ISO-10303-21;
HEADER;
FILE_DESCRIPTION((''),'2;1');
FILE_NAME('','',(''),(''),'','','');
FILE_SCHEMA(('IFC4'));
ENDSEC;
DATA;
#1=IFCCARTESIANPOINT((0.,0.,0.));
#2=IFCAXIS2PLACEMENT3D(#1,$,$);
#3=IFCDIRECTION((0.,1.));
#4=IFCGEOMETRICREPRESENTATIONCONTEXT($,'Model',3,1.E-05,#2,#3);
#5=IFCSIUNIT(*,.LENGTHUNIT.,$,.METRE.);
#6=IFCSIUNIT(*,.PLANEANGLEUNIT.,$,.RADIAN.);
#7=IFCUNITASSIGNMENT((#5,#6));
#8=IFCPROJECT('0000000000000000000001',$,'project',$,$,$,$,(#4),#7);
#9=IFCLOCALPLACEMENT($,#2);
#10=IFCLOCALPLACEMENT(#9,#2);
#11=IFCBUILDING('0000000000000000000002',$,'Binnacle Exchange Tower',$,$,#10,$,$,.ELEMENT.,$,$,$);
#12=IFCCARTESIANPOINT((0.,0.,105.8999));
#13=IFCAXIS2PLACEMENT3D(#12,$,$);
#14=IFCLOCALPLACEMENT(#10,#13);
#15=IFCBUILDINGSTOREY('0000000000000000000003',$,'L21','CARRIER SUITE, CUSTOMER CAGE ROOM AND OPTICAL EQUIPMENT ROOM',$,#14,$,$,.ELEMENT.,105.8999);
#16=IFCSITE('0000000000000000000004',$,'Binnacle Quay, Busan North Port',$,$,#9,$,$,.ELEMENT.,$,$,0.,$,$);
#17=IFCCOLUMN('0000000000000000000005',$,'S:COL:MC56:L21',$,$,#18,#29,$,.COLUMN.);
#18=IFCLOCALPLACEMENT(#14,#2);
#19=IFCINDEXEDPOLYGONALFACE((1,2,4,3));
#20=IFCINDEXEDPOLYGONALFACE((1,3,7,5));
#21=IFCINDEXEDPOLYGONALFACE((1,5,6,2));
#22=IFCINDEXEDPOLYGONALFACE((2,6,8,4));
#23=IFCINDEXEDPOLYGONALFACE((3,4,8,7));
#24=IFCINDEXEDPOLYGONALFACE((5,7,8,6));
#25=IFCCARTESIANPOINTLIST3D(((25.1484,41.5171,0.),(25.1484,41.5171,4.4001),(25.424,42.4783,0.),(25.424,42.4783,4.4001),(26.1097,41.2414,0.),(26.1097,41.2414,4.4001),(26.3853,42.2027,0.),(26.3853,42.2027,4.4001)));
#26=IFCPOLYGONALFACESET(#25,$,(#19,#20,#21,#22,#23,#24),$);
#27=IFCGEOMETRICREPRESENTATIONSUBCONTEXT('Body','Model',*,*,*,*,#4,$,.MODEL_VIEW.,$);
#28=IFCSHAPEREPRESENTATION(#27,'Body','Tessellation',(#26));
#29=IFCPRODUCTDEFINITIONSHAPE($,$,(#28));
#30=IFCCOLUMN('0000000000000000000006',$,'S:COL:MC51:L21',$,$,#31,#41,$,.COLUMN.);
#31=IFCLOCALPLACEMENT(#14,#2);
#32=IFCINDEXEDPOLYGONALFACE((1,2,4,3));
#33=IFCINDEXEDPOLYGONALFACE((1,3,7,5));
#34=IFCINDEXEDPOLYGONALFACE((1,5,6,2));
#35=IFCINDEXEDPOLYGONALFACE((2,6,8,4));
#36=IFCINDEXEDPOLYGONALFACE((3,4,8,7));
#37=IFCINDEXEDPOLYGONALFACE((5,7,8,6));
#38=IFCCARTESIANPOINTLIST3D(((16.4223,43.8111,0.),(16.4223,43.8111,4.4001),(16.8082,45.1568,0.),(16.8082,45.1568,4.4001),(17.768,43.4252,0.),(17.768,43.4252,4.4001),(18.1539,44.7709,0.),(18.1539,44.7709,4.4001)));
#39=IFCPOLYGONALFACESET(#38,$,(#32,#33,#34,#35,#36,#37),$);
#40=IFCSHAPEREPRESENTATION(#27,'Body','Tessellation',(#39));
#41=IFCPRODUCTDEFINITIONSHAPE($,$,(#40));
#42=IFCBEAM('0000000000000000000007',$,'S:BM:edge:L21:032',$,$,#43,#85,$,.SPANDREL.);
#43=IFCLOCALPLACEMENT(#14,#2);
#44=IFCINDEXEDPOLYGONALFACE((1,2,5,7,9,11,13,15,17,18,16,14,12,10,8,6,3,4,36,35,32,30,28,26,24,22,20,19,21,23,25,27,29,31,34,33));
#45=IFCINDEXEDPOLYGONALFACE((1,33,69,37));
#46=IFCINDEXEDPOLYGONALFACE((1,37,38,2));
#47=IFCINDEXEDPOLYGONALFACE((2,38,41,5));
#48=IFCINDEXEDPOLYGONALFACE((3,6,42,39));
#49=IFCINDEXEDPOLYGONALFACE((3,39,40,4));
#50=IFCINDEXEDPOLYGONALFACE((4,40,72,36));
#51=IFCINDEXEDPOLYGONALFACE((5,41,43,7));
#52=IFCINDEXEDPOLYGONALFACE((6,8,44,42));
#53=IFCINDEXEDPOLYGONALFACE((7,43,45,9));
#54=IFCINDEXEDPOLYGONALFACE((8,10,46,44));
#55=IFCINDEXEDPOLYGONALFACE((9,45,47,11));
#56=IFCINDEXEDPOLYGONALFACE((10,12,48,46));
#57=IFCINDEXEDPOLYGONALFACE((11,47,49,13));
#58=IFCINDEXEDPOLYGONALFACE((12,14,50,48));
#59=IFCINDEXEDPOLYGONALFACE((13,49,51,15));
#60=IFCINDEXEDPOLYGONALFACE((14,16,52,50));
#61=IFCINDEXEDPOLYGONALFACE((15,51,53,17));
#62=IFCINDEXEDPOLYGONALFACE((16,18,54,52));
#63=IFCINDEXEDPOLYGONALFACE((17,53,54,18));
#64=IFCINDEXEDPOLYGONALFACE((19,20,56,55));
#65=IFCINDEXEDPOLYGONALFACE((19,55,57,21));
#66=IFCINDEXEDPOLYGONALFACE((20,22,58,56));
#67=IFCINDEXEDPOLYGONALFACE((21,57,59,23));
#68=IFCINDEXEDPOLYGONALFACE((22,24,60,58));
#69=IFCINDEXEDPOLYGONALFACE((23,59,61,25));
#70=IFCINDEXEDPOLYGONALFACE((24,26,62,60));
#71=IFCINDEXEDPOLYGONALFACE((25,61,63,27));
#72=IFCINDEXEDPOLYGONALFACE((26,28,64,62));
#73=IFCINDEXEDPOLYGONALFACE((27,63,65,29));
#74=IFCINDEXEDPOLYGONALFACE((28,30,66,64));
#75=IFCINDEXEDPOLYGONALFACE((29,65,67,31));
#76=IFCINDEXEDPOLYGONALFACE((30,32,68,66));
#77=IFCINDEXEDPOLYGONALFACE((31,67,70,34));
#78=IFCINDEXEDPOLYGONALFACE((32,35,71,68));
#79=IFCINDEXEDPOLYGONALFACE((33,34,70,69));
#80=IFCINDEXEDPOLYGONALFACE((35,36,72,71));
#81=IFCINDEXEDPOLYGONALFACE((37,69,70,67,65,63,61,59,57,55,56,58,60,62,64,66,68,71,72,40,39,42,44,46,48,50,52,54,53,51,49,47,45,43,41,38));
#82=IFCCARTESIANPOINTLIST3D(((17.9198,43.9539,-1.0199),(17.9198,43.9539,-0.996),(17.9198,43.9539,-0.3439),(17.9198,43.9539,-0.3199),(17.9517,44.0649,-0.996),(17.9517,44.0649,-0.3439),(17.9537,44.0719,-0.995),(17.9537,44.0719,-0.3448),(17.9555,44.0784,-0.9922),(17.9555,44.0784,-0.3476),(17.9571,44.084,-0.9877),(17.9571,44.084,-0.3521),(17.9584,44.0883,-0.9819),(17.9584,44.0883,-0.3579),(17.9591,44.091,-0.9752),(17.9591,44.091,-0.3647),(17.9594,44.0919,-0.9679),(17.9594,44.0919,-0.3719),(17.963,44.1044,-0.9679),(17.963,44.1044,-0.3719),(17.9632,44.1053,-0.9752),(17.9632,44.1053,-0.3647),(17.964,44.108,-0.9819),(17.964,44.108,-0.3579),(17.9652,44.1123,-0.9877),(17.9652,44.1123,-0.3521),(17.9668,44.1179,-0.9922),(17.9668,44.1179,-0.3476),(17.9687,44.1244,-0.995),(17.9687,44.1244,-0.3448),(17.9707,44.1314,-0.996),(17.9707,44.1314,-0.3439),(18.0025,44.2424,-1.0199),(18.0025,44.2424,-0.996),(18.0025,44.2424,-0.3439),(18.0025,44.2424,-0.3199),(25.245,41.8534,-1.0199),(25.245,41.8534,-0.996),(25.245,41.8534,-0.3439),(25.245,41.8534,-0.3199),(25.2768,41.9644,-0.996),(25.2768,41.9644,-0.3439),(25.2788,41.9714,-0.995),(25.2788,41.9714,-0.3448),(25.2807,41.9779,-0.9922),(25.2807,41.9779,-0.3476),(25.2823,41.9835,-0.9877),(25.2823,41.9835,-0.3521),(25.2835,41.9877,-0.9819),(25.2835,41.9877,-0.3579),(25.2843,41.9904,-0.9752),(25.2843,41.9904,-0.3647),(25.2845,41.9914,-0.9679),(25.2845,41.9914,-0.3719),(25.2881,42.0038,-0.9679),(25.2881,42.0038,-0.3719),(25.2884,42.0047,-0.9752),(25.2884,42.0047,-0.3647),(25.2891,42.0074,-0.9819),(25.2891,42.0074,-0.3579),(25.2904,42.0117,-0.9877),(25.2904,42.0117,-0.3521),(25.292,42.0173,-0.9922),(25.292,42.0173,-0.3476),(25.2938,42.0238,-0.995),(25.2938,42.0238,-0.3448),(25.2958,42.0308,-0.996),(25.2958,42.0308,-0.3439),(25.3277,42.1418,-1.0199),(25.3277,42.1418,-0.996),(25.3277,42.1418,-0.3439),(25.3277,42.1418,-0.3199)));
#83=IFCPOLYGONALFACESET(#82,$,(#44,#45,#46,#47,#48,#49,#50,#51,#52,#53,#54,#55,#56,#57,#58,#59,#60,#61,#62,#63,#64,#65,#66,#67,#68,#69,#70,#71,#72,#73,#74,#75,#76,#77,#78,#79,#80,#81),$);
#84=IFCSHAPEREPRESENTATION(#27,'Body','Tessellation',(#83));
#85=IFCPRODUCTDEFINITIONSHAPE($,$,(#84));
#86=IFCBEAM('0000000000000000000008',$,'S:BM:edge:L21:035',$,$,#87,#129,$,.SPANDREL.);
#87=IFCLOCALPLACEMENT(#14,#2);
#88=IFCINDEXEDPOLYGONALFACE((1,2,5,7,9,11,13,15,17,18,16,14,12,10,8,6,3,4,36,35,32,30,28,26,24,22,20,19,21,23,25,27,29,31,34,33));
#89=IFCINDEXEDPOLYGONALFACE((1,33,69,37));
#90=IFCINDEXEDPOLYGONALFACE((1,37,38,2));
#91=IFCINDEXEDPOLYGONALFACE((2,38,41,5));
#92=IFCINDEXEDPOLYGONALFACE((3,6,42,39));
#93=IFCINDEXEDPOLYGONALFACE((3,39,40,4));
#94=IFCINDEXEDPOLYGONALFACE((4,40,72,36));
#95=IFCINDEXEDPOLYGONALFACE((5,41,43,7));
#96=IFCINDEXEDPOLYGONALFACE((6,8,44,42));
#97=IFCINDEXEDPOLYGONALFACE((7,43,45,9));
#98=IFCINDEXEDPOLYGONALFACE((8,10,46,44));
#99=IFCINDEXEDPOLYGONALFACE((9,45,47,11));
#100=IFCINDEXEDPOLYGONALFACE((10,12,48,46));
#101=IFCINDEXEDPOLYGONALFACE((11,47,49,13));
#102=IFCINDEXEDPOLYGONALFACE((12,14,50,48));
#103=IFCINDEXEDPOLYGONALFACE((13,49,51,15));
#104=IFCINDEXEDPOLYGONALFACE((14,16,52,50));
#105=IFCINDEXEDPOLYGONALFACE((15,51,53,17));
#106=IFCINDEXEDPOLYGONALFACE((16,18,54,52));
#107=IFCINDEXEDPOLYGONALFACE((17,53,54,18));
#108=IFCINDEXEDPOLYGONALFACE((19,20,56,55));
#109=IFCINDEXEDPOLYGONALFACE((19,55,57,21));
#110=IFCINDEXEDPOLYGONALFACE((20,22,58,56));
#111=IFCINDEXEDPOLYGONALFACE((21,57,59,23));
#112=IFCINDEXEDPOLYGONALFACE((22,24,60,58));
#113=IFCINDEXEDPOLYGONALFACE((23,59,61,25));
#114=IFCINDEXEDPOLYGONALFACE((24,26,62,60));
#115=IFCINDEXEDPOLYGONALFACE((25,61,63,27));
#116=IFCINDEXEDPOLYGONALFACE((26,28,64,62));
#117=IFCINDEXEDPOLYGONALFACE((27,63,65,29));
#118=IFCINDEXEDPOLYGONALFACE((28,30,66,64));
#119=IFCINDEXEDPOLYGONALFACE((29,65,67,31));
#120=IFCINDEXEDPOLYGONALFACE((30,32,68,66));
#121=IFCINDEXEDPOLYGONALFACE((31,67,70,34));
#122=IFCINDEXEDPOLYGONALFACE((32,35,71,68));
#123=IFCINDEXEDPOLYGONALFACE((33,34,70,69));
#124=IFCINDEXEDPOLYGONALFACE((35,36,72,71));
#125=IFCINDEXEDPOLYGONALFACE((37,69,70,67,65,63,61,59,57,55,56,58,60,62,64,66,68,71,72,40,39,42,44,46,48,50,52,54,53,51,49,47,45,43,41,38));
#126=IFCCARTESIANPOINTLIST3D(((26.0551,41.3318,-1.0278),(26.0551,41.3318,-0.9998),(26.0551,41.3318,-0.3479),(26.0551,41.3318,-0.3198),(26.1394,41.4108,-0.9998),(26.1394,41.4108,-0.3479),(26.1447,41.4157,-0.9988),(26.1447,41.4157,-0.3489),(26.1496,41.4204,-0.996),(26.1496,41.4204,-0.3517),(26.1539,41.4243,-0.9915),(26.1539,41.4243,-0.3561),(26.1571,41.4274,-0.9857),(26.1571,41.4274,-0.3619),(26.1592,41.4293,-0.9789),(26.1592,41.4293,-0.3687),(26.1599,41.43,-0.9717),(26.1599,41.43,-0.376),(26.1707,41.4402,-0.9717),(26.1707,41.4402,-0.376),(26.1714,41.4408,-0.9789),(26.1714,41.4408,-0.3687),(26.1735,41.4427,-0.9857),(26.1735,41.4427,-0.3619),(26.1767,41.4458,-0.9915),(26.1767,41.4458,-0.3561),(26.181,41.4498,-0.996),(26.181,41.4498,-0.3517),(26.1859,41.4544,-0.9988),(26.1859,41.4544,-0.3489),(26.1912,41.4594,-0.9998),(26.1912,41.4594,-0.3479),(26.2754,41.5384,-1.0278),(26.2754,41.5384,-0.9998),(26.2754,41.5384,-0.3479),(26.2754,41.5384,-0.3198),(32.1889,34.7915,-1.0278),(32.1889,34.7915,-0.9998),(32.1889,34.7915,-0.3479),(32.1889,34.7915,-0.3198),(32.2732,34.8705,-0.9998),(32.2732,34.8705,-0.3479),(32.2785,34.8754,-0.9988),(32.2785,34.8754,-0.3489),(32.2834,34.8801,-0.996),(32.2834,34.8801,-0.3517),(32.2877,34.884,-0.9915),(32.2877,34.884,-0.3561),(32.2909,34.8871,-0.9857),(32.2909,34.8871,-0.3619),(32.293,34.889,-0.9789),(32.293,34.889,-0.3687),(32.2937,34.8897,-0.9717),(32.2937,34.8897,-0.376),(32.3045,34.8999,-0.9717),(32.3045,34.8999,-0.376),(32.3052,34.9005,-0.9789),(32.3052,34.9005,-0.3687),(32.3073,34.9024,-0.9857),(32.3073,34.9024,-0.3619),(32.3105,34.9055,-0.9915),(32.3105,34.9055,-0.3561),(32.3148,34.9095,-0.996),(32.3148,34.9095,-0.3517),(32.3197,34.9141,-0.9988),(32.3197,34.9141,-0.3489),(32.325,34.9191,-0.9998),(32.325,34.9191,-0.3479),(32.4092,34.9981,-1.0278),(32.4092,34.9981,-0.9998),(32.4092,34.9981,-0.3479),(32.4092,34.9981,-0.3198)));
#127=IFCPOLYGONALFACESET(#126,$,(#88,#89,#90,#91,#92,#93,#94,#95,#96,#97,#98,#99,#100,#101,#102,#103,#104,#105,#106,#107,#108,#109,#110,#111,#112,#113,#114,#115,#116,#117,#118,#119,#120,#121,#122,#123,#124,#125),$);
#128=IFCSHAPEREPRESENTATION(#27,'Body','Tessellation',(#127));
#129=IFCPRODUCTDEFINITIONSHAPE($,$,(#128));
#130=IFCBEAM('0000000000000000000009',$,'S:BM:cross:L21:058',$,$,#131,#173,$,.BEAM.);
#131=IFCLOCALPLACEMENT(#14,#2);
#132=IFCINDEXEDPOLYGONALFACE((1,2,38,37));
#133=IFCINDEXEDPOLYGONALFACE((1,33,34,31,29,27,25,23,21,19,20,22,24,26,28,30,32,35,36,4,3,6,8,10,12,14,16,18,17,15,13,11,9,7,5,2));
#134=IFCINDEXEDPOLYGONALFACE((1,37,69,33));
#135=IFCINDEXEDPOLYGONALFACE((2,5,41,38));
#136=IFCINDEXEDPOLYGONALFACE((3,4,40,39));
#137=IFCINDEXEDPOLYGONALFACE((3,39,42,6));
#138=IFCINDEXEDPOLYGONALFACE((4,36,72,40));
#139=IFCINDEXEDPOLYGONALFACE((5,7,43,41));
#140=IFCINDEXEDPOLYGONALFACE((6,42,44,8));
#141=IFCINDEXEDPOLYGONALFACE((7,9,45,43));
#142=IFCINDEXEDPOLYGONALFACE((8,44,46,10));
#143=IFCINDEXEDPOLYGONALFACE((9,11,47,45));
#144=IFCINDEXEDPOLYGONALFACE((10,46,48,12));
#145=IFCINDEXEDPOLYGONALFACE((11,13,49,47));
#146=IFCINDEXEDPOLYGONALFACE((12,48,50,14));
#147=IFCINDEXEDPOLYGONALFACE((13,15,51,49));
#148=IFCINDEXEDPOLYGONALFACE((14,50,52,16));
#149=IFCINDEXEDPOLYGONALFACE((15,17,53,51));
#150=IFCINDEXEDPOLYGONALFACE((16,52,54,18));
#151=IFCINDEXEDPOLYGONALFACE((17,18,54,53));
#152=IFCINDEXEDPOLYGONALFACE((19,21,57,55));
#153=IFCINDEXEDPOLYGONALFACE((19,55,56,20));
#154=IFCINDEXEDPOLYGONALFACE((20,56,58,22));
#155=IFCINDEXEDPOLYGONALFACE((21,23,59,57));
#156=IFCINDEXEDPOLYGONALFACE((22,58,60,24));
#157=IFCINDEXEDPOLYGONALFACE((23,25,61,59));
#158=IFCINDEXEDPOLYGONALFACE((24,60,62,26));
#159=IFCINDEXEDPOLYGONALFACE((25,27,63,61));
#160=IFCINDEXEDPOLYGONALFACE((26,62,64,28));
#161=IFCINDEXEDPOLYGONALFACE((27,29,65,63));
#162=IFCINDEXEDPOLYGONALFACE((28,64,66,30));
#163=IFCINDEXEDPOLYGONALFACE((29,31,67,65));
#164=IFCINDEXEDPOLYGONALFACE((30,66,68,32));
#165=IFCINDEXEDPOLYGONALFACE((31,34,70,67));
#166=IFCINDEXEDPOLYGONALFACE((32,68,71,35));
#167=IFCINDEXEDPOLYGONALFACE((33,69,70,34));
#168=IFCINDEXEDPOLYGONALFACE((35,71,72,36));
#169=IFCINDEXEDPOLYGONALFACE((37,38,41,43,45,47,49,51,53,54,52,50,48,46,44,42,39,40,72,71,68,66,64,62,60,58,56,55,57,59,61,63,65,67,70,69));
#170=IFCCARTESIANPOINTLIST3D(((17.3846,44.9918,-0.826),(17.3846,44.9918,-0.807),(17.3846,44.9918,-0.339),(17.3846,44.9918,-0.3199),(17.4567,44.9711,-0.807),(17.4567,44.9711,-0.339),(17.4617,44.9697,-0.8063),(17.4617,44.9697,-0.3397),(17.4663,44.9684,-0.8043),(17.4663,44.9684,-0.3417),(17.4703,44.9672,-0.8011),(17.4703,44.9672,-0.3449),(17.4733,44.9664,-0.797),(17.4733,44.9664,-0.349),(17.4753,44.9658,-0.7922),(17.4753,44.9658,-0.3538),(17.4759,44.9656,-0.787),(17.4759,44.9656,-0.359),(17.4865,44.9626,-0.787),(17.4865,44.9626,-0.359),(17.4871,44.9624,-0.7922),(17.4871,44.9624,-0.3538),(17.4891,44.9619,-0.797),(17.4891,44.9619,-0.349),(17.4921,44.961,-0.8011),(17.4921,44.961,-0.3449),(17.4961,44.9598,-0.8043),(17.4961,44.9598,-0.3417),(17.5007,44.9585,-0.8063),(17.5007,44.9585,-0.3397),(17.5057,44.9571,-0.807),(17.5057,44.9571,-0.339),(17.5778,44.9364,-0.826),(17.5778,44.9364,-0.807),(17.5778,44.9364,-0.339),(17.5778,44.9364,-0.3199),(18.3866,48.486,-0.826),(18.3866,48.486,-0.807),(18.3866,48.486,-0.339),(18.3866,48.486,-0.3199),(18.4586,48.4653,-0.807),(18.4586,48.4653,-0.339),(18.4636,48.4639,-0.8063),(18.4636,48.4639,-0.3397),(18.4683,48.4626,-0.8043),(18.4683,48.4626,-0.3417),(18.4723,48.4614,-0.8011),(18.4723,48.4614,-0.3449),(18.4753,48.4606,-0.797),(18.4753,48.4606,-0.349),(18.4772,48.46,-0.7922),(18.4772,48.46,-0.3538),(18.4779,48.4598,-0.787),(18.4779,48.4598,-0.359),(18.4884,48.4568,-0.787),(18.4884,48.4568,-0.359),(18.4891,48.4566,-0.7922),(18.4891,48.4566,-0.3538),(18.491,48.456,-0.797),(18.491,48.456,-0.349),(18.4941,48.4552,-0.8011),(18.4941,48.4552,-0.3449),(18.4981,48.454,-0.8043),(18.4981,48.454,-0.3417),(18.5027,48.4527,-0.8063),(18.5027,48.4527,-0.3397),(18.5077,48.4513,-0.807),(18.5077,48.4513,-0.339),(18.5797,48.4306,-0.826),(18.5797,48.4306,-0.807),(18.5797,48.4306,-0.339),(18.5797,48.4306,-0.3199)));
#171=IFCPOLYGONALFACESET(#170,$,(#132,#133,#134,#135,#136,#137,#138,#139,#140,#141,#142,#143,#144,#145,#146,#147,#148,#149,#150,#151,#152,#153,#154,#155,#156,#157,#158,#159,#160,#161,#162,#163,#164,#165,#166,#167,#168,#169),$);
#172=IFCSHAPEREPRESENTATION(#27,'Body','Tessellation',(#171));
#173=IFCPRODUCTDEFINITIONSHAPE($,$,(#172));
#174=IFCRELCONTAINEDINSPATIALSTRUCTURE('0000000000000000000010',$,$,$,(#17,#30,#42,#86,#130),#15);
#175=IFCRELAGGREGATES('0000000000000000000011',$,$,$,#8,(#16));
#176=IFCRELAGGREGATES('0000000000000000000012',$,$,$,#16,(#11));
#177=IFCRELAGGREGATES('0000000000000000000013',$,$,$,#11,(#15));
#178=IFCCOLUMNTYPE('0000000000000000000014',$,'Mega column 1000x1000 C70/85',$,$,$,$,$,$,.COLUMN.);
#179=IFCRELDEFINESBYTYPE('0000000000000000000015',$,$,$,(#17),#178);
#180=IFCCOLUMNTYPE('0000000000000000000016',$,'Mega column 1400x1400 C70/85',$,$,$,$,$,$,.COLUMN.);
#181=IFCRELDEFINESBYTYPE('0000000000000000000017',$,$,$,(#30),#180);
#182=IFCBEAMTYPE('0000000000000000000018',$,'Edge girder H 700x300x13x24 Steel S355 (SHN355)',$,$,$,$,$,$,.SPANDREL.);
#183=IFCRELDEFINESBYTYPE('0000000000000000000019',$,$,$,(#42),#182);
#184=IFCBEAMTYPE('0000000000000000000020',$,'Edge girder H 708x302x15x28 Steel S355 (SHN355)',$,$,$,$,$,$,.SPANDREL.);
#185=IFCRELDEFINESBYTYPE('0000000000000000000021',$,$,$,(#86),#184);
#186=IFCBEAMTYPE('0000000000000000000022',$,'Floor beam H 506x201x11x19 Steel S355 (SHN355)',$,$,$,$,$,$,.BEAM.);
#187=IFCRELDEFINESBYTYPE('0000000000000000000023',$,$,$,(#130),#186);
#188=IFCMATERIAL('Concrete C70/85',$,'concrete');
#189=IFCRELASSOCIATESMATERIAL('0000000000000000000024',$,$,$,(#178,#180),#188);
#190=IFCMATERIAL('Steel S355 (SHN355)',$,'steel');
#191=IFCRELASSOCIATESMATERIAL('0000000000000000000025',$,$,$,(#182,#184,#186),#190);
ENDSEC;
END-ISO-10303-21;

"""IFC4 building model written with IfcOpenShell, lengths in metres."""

from ifc_helpers import new_model, si_unit, direction, frame, origin, origin_2d, place, context, subcontext, project, spatial, rectangle, i_section, extrude, material, material_profile, profile_set, type_object, element, save


model = new_model("IFC4")

# Units and contexts
model_context = context("Model", 3, precision=1e-05, world=origin(), true_north=direction((0.0, 1.0)))
body_context = subcontext(model_context, "Body", "Model", "MODEL_VIEW")
ifc_project = project(units=[si_unit("LENGTHUNIT", "METRE"), si_unit("PLANEANGLEUNIT", "RADIAN")], contexts=[model_context])

# Site, building, storey
site_placement = place(None, origin())
site = spatial("IfcSite", under=ifc_project, at=site_placement, Name="Binnacle Quay, Busan North Port", CompositionType="ELEMENT", RefElevation=0.0)
building_placement = place(site_placement, origin())
building = spatial("IfcBuilding", under=site, at=building_placement, Name="Binnacle Exchange Tower", CompositionType="ELEMENT")
storey_placement = place(building_placement, frame((0.0, 0.0, 105.8999)))
storey = spatial("IfcBuildingStorey", under=building, at=storey_placement, Name="L21", Description="CARRIER SUITE, CUSTOMER CAGE ROOM AND OPTICAL EQUIPMENT ROOM", CompositionType="ELEMENT", Elevation=105.8999)

# Columns
ifc_material_1 = material(Name="Concrete C70/85", Category="concrete")
ifc_material_profile_1 = material_profile(ifc_material_1, rectangle(XDim=1.0, YDim=1.0, at=origin_2d()), Name="Mega column 1000x1000 C70/85")
ifc_profile_set_1 = profile_set([ifc_material_profile_1], Name="Concrete C70/85")
column_type_1 = type_object("IfcColumnType", Name="Mega column 1000x1000 C70/85", PredefinedType="COLUMN", material=ifc_profile_set_1)
column_1_placement = place(storey_placement, frame((25.7668, 41.8599, 0.0), z_axis=(0.0, 0.0, 1.0), x_axis=(0.961262, -0.275637, 0.0)))
element("IfcColumn", 1, at=column_1_placement, inside=storey, type_object=column_type_1, Name="S:COL:MC56:L21", PredefinedType="COLUMN", context=body_context, shape_type="SweptSolid", body=[
    extrude(rectangle(XDim=1.0, YDim=1.0, at=origin_2d()), origin(), (0.0, 0.0, 1.0), 4.4001),
])
ifc_material_profile_2 = material_profile(ifc_material_1, rectangle(XDim=1.3999, YDim=1.3999, at=origin_2d()), Name="Mega column 1400x1400 C70/85")
ifc_profile_set_2 = profile_set([ifc_material_profile_2], Name="Concrete C70/85")
column_type_2 = type_object("IfcColumnType", Name="Mega column 1400x1400 C70/85", PredefinedType="COLUMN", material=ifc_profile_set_2)
column_2_placement = place(storey_placement, frame((17.2881, 44.291, 0.0), z_axis=(0.0, 0.0, 1.0), x_axis=(0.961262, -0.275637, 0.0)))
element("IfcColumn", 2, at=column_2_placement, inside=storey, type_object=column_type_2, Name="S:COL:MC51:L21", PredefinedType="COLUMN", context=body_context, shape_type="SweptSolid", body=[
    extrude(rectangle(XDim=1.3999, YDim=1.3999, at=origin_2d()), origin(), (0.0, 0.0, 1.0), 4.4001),
])

# Beams
ifc_material_2 = material(Name="Steel S355 (SHN355)", Category="steel")
ifc_material_profile_3 = material_profile(ifc_material_2, i_section(OverallWidth=0.3, OverallDepth=0.7, WebThickness=0.0129, FlangeThickness=0.0239, FilletRadius=0.0281, at=origin_2d()), Name="H 700x300x13x24")
ifc_profile_set_3 = profile_set([ifc_material_profile_3], Name="Steel S355 (SHN355)")
beam_type_1 = type_object("IfcBeamType", Name="Edge girder H 700x300x13x24 Steel S355 (SHN355)", PredefinedType="SPANDREL", material=ifc_profile_set_3)
beam_1_placement = place(storey_placement, frame((17.9612, 44.0981, -0.6699), z_axis=(0.961258, -0.275652, 0.0), x_axis=(0.275652, 0.961258, 0.0)))
element("IfcBeam", 3, at=beam_1_placement, inside=storey, type_object=beam_type_1, Name="S:BM:edge:L21:032", PredefinedType="SPANDREL", context=body_context, shape_type="SweptSolid", body=[
    extrude(i_section(OverallWidth=0.3, OverallDepth=0.7, WebThickness=0.0129, FlangeThickness=0.0239, FilletRadius=0.0281, at=origin_2d()), origin(), (0.0, 0.0, 1.0), 7.6204),
])
ifc_material_profile_4 = material_profile(ifc_material_2, i_section(OverallWidth=0.302, OverallDepth=0.708, WebThickness=0.0149, FlangeThickness=0.0281, FilletRadius=0.0281, at=origin_2d()), Name="H 708x302x15x28")
ifc_profile_set_4 = profile_set([ifc_material_profile_4], Name="Steel S355 (SHN355)")
beam_type_2 = type_object("IfcBeamType", Name="Edge girder H 708x302x15x28 Steel S355 (SHN355)", PredefinedType="SPANDREL", material=ifc_profile_set_4)
beam_2_placement = place(storey_placement, frame((26.1653, 41.4351, -0.6738), z_axis=(0.684076, -0.729411, 0.0), x_axis=(0.729411, 0.684076, 0.0)))
element("IfcBeam", 4, at=beam_2_placement, inside=storey, type_object=beam_type_2, Name="S:BM:edge:L21:035", PredefinedType="SPANDREL", context=body_context, shape_type="SweptSolid", body=[
    extrude(i_section(OverallWidth=0.302, OverallDepth=0.708, WebThickness=0.0149, FlangeThickness=0.0281, FilletRadius=0.0281, at=origin_2d()), origin(), (0.0, 0.0, 1.0), 8.9666),
])
ifc_material_profile_5 = material_profile(ifc_material_2, i_section(OverallWidth=0.2009, OverallDepth=0.5061, WebThickness=0.011, FlangeThickness=0.019, FilletRadius=0.02, at=origin_2d()), Name="H 506x201x11x19")
ifc_profile_set_5 = profile_set([ifc_material_profile_5], Name="Steel S355 (SHN355)")
beam_type_3 = type_object("IfcBeamType", Name="Floor beam H 506x201x11x19 Steel S355 (SHN355)", PredefinedType="BEAM", material=ifc_profile_set_5)
beam_3_placement = place(storey_placement, frame((17.4812, 44.9641, -0.573), z_axis=(0.275644, 0.96126, 0.0), x_axis=(-0.96126, 0.275644, 0.0)))
element("IfcBeam", 5, at=beam_3_placement, inside=storey, type_object=beam_type_3, Name="S:BM:cross:L21:058", PredefinedType="BEAM", context=body_context, shape_type="SweptSolid", body=[
    extrude(i_section(OverallWidth=0.2009, OverallDepth=0.5061, WebThickness=0.011, FlangeThickness=0.019, FilletRadius=0.02, at=origin_2d()), origin(), (0.0, 0.0, 1.0), 3.635),
])

save(model, "model.ifc")
